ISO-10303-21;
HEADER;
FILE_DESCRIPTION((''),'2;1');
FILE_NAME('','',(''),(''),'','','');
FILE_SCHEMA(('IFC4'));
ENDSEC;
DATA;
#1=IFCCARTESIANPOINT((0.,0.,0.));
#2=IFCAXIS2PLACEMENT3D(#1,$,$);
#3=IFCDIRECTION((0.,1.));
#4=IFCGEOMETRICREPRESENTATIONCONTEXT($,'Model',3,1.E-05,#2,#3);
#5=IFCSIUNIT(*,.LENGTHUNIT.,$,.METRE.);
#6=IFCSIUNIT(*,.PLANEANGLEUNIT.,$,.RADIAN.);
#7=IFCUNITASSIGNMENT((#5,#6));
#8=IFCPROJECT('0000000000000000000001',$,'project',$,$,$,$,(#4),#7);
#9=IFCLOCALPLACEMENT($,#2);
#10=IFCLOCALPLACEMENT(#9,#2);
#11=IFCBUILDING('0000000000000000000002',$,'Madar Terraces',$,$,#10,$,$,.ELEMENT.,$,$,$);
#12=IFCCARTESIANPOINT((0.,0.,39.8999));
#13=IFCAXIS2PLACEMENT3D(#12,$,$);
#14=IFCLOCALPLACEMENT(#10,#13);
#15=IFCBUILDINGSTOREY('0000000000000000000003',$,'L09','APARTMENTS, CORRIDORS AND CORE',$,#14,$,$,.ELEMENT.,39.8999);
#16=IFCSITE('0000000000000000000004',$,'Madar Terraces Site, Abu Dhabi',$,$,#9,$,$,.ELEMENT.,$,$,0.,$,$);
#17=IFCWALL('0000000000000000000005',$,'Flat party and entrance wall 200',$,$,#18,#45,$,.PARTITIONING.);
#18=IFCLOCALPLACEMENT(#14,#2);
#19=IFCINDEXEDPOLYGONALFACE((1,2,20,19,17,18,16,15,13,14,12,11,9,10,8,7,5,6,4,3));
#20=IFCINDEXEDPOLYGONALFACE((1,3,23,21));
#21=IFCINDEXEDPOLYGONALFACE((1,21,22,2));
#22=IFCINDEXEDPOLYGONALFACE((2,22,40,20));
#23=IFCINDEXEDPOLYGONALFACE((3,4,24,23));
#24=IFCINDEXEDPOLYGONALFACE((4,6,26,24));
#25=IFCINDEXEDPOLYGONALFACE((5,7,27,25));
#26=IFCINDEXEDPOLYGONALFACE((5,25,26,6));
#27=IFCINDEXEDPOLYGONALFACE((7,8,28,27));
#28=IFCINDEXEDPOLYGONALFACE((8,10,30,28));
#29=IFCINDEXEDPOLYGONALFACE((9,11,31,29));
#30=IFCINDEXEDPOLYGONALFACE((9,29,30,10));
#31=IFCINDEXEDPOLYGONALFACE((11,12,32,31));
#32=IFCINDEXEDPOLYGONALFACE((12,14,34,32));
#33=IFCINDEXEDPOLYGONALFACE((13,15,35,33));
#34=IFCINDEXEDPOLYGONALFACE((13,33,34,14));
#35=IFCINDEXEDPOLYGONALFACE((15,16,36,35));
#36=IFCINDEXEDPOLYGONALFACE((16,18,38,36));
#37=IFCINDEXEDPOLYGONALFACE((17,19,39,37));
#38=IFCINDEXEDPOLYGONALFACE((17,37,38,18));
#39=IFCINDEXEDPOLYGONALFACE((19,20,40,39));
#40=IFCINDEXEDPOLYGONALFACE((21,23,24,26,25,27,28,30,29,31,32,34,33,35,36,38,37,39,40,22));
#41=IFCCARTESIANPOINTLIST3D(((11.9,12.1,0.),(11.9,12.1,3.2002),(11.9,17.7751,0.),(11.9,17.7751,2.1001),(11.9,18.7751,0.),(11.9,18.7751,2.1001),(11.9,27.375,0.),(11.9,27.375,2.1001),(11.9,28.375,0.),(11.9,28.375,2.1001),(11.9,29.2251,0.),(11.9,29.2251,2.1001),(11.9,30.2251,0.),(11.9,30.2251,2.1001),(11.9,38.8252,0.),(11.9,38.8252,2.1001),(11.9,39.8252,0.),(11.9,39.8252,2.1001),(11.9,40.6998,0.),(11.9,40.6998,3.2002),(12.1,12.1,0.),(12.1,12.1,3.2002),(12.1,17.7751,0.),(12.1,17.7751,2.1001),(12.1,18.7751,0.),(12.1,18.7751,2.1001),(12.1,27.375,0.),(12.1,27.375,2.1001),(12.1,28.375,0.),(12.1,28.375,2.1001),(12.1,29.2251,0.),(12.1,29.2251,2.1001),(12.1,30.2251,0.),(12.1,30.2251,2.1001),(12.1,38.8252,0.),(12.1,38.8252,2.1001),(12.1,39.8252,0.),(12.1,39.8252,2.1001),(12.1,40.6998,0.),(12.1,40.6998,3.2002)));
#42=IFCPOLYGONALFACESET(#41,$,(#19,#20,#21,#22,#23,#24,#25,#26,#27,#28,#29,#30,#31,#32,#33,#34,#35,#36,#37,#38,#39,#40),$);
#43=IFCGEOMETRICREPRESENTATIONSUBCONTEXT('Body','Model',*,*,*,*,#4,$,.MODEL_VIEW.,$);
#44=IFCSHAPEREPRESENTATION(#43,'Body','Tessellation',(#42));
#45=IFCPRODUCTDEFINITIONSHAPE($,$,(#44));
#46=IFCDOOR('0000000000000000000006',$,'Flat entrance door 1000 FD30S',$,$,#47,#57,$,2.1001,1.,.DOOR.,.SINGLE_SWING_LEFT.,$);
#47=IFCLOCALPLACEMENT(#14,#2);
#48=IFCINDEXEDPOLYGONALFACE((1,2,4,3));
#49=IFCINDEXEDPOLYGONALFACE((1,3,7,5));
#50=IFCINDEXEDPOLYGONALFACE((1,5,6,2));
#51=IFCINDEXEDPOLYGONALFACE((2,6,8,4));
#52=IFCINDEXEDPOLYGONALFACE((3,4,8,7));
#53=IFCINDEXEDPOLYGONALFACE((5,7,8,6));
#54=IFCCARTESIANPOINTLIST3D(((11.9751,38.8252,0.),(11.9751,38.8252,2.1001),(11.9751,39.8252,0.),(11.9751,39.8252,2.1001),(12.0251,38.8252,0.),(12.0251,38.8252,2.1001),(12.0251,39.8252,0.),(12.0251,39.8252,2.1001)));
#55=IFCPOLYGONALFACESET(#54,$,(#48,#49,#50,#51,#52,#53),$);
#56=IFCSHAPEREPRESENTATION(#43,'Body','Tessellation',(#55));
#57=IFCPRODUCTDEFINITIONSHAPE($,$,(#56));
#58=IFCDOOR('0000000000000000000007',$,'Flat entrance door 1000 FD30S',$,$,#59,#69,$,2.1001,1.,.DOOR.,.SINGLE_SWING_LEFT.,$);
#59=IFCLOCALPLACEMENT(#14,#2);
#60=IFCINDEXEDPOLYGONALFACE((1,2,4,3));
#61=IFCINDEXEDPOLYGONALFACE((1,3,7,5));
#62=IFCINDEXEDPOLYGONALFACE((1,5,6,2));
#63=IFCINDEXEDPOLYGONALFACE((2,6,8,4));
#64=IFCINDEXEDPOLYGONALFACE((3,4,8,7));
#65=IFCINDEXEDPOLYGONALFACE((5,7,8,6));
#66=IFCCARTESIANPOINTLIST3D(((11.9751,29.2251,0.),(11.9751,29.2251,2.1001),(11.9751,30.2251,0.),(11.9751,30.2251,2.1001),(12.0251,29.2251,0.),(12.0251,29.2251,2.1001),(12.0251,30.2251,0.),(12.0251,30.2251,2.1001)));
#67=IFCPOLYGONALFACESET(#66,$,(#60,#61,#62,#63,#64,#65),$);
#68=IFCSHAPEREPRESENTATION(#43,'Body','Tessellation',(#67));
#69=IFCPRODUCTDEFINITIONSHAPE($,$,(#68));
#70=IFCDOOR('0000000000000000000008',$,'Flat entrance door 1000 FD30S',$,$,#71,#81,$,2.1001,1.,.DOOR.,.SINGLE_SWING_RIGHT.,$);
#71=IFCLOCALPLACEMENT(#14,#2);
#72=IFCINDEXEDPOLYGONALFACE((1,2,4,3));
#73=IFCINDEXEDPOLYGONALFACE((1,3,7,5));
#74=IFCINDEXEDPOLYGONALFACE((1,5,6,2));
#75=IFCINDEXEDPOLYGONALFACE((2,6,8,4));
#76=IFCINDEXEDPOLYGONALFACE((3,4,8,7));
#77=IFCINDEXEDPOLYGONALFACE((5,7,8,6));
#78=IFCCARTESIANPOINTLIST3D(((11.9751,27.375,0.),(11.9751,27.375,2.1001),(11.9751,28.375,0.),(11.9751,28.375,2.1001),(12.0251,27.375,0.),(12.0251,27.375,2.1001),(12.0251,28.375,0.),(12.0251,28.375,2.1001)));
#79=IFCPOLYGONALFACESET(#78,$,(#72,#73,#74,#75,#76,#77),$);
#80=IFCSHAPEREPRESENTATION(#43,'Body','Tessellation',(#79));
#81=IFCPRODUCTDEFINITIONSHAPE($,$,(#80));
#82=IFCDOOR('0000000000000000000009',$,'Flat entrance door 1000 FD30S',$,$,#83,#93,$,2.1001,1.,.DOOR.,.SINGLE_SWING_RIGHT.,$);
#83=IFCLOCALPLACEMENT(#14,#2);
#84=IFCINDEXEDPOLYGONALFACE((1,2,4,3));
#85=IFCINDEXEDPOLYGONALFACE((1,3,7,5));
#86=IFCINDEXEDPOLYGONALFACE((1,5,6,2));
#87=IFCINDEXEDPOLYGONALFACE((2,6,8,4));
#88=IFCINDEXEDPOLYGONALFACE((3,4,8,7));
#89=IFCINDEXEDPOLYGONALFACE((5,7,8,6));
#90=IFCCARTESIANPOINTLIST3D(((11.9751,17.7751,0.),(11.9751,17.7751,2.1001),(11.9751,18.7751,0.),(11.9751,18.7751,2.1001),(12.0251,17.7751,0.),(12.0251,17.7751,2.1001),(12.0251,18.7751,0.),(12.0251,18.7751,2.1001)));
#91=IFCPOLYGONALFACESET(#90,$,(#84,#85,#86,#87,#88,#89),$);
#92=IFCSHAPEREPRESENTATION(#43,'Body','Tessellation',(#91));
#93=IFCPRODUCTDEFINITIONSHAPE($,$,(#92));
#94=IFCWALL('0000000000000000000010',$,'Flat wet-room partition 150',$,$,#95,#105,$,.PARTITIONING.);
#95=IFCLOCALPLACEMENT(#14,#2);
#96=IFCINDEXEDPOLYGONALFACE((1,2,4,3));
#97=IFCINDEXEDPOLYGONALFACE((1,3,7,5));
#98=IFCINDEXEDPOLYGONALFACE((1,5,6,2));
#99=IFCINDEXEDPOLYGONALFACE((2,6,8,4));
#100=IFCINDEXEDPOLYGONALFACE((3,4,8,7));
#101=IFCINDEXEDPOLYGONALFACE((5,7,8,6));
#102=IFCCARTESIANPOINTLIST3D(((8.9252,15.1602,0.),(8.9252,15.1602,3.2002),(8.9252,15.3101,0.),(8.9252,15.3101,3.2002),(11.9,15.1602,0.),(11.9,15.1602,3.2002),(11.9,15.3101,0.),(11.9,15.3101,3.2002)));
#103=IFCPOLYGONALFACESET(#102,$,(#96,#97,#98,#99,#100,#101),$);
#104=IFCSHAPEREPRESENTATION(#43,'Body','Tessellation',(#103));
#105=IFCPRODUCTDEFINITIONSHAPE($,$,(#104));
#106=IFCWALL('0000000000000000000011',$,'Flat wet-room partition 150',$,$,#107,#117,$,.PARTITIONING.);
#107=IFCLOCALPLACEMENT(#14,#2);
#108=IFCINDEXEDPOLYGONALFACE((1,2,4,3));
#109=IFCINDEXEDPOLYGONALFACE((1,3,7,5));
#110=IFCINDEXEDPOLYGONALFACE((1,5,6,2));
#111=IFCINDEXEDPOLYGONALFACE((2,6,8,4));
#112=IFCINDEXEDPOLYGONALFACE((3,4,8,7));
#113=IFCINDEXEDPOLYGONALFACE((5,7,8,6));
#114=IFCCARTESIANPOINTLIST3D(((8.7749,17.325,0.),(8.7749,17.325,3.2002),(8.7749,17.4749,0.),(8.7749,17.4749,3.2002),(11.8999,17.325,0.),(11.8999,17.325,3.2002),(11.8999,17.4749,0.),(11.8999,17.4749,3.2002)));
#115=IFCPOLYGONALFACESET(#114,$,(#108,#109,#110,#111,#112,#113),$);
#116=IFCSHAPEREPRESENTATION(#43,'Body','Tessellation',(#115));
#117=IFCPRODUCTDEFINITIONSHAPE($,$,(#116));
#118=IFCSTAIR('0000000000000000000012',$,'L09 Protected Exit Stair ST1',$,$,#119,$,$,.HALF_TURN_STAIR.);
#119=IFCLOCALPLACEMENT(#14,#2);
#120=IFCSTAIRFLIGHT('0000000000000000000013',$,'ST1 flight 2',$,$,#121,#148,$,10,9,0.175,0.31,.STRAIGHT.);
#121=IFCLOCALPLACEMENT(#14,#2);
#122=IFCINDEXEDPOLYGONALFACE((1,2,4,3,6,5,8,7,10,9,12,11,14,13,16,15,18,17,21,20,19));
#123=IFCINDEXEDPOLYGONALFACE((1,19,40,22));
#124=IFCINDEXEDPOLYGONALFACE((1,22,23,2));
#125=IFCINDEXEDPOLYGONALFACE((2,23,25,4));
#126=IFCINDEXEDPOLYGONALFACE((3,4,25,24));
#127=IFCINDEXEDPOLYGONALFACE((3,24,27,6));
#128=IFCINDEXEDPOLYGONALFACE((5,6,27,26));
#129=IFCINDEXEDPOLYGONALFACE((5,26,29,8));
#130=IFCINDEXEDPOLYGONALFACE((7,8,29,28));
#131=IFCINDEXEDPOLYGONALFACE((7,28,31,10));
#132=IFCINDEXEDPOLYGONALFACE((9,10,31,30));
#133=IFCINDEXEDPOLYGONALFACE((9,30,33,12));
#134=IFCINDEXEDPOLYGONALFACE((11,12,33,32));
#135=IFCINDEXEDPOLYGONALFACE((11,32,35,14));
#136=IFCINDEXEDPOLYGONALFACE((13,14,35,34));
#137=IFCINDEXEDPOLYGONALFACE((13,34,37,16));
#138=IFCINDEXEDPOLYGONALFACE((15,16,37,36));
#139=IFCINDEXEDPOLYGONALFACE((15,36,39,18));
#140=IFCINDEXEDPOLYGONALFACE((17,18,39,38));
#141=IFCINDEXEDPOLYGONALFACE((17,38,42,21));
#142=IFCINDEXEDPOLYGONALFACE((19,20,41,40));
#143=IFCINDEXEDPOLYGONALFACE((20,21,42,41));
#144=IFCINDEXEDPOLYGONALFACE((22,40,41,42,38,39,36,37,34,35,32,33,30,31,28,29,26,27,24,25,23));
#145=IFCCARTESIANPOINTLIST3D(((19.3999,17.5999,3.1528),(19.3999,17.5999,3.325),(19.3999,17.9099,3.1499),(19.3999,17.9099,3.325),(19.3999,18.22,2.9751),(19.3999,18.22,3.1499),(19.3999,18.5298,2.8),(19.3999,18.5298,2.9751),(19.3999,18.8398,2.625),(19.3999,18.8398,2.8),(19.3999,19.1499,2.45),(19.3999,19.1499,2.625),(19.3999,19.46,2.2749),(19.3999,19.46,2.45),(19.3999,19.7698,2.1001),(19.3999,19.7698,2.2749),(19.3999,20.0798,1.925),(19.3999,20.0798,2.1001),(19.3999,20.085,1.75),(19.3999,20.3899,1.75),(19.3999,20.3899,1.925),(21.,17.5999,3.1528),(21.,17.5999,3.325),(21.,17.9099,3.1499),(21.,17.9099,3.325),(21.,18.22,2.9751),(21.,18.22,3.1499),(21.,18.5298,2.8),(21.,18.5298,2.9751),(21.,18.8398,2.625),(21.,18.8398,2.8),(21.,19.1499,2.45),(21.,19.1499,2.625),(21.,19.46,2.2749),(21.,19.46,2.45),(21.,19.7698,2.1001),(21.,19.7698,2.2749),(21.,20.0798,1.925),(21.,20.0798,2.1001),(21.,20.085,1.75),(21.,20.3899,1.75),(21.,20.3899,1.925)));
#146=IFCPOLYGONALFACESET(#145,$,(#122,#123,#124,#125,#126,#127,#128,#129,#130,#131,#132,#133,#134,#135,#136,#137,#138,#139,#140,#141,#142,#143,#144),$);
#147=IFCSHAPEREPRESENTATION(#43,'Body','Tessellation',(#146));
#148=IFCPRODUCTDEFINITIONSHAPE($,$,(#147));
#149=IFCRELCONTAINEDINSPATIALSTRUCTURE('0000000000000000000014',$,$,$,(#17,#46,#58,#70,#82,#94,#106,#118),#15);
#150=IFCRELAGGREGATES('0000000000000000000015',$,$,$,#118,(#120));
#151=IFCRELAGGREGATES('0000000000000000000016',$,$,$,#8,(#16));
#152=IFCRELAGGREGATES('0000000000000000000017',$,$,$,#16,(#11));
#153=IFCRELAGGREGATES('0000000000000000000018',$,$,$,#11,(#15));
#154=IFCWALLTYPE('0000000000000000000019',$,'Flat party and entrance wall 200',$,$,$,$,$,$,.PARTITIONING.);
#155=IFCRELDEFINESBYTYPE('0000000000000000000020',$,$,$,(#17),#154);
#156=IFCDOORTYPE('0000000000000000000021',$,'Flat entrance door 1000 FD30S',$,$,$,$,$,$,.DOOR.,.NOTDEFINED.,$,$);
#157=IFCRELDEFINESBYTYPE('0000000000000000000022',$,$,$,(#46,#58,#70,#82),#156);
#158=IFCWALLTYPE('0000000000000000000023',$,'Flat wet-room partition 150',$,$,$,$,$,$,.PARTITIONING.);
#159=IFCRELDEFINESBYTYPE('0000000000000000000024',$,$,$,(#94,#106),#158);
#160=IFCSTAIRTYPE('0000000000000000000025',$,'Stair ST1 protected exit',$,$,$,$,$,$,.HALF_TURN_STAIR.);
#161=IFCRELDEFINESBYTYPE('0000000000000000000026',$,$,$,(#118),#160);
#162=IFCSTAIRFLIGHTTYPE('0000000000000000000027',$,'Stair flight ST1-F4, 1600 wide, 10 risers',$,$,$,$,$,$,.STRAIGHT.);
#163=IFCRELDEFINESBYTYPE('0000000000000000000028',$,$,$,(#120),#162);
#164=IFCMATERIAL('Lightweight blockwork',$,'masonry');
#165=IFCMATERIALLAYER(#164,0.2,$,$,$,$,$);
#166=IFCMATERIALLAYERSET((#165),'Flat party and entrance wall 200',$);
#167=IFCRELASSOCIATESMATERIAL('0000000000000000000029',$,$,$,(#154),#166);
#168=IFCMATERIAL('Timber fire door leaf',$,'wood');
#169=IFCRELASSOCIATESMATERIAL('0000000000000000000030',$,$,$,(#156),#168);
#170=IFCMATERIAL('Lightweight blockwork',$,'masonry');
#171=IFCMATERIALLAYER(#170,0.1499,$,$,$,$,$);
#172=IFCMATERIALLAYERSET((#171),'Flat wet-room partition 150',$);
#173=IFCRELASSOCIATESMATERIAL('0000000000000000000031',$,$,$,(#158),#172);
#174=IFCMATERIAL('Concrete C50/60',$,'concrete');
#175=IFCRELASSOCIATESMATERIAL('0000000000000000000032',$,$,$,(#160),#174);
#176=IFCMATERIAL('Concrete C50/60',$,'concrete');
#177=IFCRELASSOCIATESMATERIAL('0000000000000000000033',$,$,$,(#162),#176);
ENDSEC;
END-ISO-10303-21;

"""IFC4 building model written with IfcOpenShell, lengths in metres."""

from ifc_helpers import new_model, si_unit, direction, frame, frame_2d, origin, place, context, subcontext, project, spatial, polyline, rectangle, outline, extrude, material, layer, layer_set, type_object, element, fill, aggregate, save


model = new_model("IFC4")

# Units and contexts
model_context = context("Model", 3, precision=1e-05, world=origin(), true_north=direction((0.0, 1.0)))
body_context = subcontext(model_context, "Body", "Model", "MODEL_VIEW")
ifc_project = project(units=[si_unit("LENGTHUNIT", "METRE"), si_unit("PLANEANGLEUNIT", "RADIAN")], contexts=[model_context])

# Site, building, storey
site_placement = place(None, origin())
site = spatial("IfcSite", under=ifc_project, at=site_placement, Name="Madar Terraces Site, Abu Dhabi", CompositionType="ELEMENT", RefElevation=0.0)
building_placement = place(site_placement, origin())
building = spatial("IfcBuilding", under=site, at=building_placement, Name="Madar Terraces", CompositionType="ELEMENT")
storey_placement = place(building_placement, frame((0.0, 0.0, 39.8999)))
storey = spatial("IfcBuildingStorey", under=building, at=storey_placement, Name="L09", Description="APARTMENTS, CORRIDORS AND CORE", CompositionType="ELEMENT", Elevation=39.8999)

# Wall, openings, doors
ifc_material_1 = material(Name="Lightweight blockwork", Category="masonry")
ifc_layer_1 = layer(ifc_material_1, 0.2)
ifc_layer_set_1 = layer_set([ifc_layer_1], Name="Flat party and entrance wall 200")
wall_type_1 = type_object("IfcWallType", Name="Flat party and entrance wall 200", PredefinedType="PARTITIONING", material=ifc_layer_set_1)
wall_1_placement = place(storey_placement, frame((12.0, 12.1001, 0.0), z_axis=(0.0, 0.0, 1.0), x_axis=(0.0, 1.0, 0.0)))
wall_1 = element("IfcWall", 1, at=wall_1_placement, inside=storey, type_object=wall_type_1, Name="Flat party and entrance wall 200", PredefinedType="PARTITIONING", context=body_context, shape_type="SweptSolid", body=[
    extrude(rectangle(XDim=28.5999, YDim=0.2, at=frame_2d((14.2998, 0.0))), origin(), (0.0, 0.0, 1.0), 3.2002),
])
opening_1_placement = place(wall_1_placement, frame((26.7251, 0.0, 0.0)))
opening_1 = element("IfcOpeningElement", 2, at=opening_1_placement, cuts=wall_1, PredefinedType="OPENING", context=body_context, shape_type="SweptSolid", body=[
    extrude(rectangle(XDim=1.0, YDim=2.1001, at=frame_2d((0.5, 1.05))), frame((0.0, 0.1099, 0.0), z_axis=(0.0, -1.0, 0.0), x_axis=(1.0, 0.0, 0.0)), (0.0, 0.0, 1.0), 0.22),
])
opening_2_placement = place(wall_1_placement, frame((17.125, 0.0, 0.0)))
opening_2 = element("IfcOpeningElement", 3, at=opening_2_placement, cuts=wall_1, PredefinedType="OPENING", context=body_context, shape_type="SweptSolid", body=[
    extrude(rectangle(XDim=1.0, YDim=2.1001, at=frame_2d((0.5, 1.05))), frame((0.0, 0.1099, 0.0), z_axis=(0.0, -1.0, 0.0), x_axis=(1.0, 0.0, 0.0)), (0.0, 0.0, 1.0), 0.22),
])
opening_3_placement = place(wall_1_placement, frame((15.2749, 0.0, 0.0)))
opening_3 = element("IfcOpeningElement", 4, at=opening_3_placement, cuts=wall_1, PredefinedType="OPENING", context=body_context, shape_type="SweptSolid", body=[
    extrude(rectangle(XDim=1.0, YDim=2.1001, at=frame_2d((0.5, 1.05))), frame((0.0, 0.1099, 0.0), z_axis=(0.0, -1.0, 0.0), x_axis=(1.0, 0.0, 0.0)), (0.0, 0.0, 1.0), 0.22),
])
opening_4_placement = place(wall_1_placement, frame((5.675, 0.0, 0.0)))
opening_4 = element("IfcOpeningElement", 5, at=opening_4_placement, cuts=wall_1, PredefinedType="OPENING", context=body_context, shape_type="SweptSolid", body=[
    extrude(rectangle(XDim=1.0, YDim=2.1001, at=frame_2d((0.5, 1.05))), frame((0.0, 0.1099, 0.0), z_axis=(0.0, -1.0, 0.0), x_axis=(1.0, 0.0, 0.0)), (0.0, 0.0, 1.0), 0.22),
])
ifc_material_2 = material(Name="Timber fire door leaf", Category="wood")
door_type_1 = type_object("IfcDoorType", Name="Flat entrance door 1000 FD30S", OperationType="NOTDEFINED", PredefinedType="DOOR", material=ifc_material_2)
door_1_placement = place(opening_1_placement, origin())
door_1 = element("IfcDoor", 6, at=door_1_placement, inside=storey, type_object=door_type_1, Name="Flat entrance door 1000 FD30S", OperationType="SINGLE_SWING_LEFT", OverallHeight=2.1001, OverallWidth=1.0, PredefinedType="DOOR", context=body_context, shape_type="SweptSolid", body=[
    extrude(rectangle(XDim=1.0, YDim=2.1001, at=frame_2d((0.5, 1.05))), frame((0.0, 0.0249, 0.0), z_axis=(0.0, -1.0, 0.0), x_axis=(1.0, 0.0, 0.0)), (0.0, 0.0, 1.0), 0.05),
])
fill(opening_1, door_1)
door_2_placement = place(opening_2_placement, origin())
door_2 = element("IfcDoor", 7, at=door_2_placement, inside=storey, type_object=door_type_1, Name="Flat entrance door 1000 FD30S", OperationType="SINGLE_SWING_LEFT", OverallHeight=2.1001, OverallWidth=1.0, PredefinedType="DOOR", context=body_context, shape_type="SweptSolid", body=[
    extrude(rectangle(XDim=1.0, YDim=2.1001, at=frame_2d((0.5, 1.05))), frame((0.0, 0.0249, 0.0), z_axis=(0.0, -1.0, 0.0), x_axis=(1.0, 0.0, 0.0)), (0.0, 0.0, 1.0), 0.05),
])
fill(opening_2, door_2)
door_3_placement = place(opening_3_placement, origin())
door_3 = element("IfcDoor", 8, at=door_3_placement, inside=storey, type_object=door_type_1, Name="Flat entrance door 1000 FD30S", OperationType="SINGLE_SWING_RIGHT", OverallHeight=2.1001, OverallWidth=1.0, PredefinedType="DOOR", context=body_context, shape_type="SweptSolid", body=[
    extrude(rectangle(XDim=1.0, YDim=2.1001, at=frame_2d((0.5, 1.05))), frame((0.0, 0.0249, 0.0), z_axis=(0.0, -1.0, 0.0), x_axis=(1.0, 0.0, 0.0)), (0.0, 0.0, 1.0), 0.05),
])
fill(opening_3, door_3)
door_4_placement = place(opening_4_placement, origin())
door_4 = element("IfcDoor", 9, at=door_4_placement, inside=storey, type_object=door_type_1, Name="Flat entrance door 1000 FD30S", OperationType="SINGLE_SWING_RIGHT", OverallHeight=2.1001, OverallWidth=1.0, PredefinedType="DOOR", context=body_context, shape_type="SweptSolid", body=[
    extrude(rectangle(XDim=1.0, YDim=2.1001, at=frame_2d((0.5, 1.05))), frame((0.0, 0.0249, 0.0), z_axis=(0.0, -1.0, 0.0), x_axis=(1.0, 0.0, 0.0)), (0.0, 0.0, 1.0), 0.05),
])
fill(opening_4, door_4)

# Walls
ifc_material_3 = material(Name="Lightweight blockwork", Category="masonry")
ifc_layer_2 = layer(ifc_material_3, 0.1499)
ifc_layer_set_2 = layer_set([ifc_layer_2], Name="Flat wet-room partition 150")
wall_type_2 = type_object("IfcWallType", Name="Flat wet-room partition 150", PredefinedType="PARTITIONING", material=ifc_layer_set_2)
wall_2_placement = place(storey_placement, frame((11.8999, 15.2351, 0.0), z_axis=(0.0, 0.0, 1.0), x_axis=(-1.0, 0.0, 0.0)))
element("IfcWall", 10, at=wall_2_placement, inside=storey, type_object=wall_type_2, Name="Flat wet-room partition 150", PredefinedType="PARTITIONING", context=body_context, shape_type="SweptSolid", body=[
    extrude(rectangle(XDim=2.9749, YDim=0.1499, at=frame_2d((1.4873, 0.0))), origin(), (0.0, 0.0, 1.0), 3.2002),
])
wall_3_placement = place(storey_placement, frame((11.8999, 17.3999, 0.0), z_axis=(0.0, 0.0, 1.0), x_axis=(-1.0, 0.0, 0.0)))
element("IfcWall", 11, at=wall_3_placement, inside=storey, type_object=wall_type_2, Name="Flat wet-room partition 150", PredefinedType="PARTITIONING", context=body_context, shape_type="SweptSolid", body=[
    extrude(rectangle(XDim=3.125, YDim=0.1499, at=frame_2d((1.5625, 0.0))), origin(), (0.0, 0.0, 1.0), 3.2002),
])

# Stair, stair flight
ifc_material_4 = material(Name="Concrete C50/60", Category="concrete")
stair_type = type_object("IfcStairType", Name="Stair ST1 protected exit", PredefinedType="HALF_TURN_STAIR", material=ifc_material_4)
stair_placement = place(storey_placement, origin())
stair = element("IfcStair", 12, at=stair_placement, inside=storey, type_object=stair_type, Name="L09 Protected Exit Stair ST1", PredefinedType="HALF_TURN_STAIR")
ifc_material_5 = material(Name="Concrete C50/60", Category="concrete")
stair_flight_type = type_object("IfcStairFlightType", Name="Stair flight ST1-F4, 1600 wide, 10 risers", PredefinedType="STRAIGHT", material=ifc_material_5)
stair_flight_placement = place(storey_placement, frame((20.2, 20.3899, 1.75), z_axis=(0.0, 0.0, 1.0), x_axis=(0.0, -1.0, 0.0)))
stair_flight = element("IfcStairFlight", 13, at=stair_flight_placement, type_object=stair_flight_type, Name="ST1 flight 2", NumberOfRisers=10, NumberOfTreads=9, PredefinedType="STRAIGHT", RiserHeight=0.175, TreadLength=0.31, context=body_context, shape_type="SweptSolid", body=[
    extrude(outline(polyline([(0.0, 0.0), (0.0, 0.175), (0.3101, 0.175), (0.3101, 0.3501), (0.6201, 0.3501), (0.6201, 0.5249), (0.9299, 0.5249), (0.9299, 0.7), (1.24, 0.7), (1.24, 0.875), (1.55, 0.875), (1.55, 1.05), (1.8601, 1.05), (1.8601, 1.2251), (2.1699, 1.2251), (2.1699, 1.3999), (2.48, 1.3999), (2.48, 1.575), (2.79, 1.575), (2.79, 1.75), (2.79, 1.4028), (0.3049, 0.0), (0.0, 0.0)])), frame((0.0, 0.8, 0.0), z_axis=(0.0, -1.0, 0.0), x_axis=(1.0, 0.0, 0.0)), (0.0, 0.0, 1.0), 1.6001),
])
aggregate(stair, [stair_flight])

save(model, "model.ifc")
